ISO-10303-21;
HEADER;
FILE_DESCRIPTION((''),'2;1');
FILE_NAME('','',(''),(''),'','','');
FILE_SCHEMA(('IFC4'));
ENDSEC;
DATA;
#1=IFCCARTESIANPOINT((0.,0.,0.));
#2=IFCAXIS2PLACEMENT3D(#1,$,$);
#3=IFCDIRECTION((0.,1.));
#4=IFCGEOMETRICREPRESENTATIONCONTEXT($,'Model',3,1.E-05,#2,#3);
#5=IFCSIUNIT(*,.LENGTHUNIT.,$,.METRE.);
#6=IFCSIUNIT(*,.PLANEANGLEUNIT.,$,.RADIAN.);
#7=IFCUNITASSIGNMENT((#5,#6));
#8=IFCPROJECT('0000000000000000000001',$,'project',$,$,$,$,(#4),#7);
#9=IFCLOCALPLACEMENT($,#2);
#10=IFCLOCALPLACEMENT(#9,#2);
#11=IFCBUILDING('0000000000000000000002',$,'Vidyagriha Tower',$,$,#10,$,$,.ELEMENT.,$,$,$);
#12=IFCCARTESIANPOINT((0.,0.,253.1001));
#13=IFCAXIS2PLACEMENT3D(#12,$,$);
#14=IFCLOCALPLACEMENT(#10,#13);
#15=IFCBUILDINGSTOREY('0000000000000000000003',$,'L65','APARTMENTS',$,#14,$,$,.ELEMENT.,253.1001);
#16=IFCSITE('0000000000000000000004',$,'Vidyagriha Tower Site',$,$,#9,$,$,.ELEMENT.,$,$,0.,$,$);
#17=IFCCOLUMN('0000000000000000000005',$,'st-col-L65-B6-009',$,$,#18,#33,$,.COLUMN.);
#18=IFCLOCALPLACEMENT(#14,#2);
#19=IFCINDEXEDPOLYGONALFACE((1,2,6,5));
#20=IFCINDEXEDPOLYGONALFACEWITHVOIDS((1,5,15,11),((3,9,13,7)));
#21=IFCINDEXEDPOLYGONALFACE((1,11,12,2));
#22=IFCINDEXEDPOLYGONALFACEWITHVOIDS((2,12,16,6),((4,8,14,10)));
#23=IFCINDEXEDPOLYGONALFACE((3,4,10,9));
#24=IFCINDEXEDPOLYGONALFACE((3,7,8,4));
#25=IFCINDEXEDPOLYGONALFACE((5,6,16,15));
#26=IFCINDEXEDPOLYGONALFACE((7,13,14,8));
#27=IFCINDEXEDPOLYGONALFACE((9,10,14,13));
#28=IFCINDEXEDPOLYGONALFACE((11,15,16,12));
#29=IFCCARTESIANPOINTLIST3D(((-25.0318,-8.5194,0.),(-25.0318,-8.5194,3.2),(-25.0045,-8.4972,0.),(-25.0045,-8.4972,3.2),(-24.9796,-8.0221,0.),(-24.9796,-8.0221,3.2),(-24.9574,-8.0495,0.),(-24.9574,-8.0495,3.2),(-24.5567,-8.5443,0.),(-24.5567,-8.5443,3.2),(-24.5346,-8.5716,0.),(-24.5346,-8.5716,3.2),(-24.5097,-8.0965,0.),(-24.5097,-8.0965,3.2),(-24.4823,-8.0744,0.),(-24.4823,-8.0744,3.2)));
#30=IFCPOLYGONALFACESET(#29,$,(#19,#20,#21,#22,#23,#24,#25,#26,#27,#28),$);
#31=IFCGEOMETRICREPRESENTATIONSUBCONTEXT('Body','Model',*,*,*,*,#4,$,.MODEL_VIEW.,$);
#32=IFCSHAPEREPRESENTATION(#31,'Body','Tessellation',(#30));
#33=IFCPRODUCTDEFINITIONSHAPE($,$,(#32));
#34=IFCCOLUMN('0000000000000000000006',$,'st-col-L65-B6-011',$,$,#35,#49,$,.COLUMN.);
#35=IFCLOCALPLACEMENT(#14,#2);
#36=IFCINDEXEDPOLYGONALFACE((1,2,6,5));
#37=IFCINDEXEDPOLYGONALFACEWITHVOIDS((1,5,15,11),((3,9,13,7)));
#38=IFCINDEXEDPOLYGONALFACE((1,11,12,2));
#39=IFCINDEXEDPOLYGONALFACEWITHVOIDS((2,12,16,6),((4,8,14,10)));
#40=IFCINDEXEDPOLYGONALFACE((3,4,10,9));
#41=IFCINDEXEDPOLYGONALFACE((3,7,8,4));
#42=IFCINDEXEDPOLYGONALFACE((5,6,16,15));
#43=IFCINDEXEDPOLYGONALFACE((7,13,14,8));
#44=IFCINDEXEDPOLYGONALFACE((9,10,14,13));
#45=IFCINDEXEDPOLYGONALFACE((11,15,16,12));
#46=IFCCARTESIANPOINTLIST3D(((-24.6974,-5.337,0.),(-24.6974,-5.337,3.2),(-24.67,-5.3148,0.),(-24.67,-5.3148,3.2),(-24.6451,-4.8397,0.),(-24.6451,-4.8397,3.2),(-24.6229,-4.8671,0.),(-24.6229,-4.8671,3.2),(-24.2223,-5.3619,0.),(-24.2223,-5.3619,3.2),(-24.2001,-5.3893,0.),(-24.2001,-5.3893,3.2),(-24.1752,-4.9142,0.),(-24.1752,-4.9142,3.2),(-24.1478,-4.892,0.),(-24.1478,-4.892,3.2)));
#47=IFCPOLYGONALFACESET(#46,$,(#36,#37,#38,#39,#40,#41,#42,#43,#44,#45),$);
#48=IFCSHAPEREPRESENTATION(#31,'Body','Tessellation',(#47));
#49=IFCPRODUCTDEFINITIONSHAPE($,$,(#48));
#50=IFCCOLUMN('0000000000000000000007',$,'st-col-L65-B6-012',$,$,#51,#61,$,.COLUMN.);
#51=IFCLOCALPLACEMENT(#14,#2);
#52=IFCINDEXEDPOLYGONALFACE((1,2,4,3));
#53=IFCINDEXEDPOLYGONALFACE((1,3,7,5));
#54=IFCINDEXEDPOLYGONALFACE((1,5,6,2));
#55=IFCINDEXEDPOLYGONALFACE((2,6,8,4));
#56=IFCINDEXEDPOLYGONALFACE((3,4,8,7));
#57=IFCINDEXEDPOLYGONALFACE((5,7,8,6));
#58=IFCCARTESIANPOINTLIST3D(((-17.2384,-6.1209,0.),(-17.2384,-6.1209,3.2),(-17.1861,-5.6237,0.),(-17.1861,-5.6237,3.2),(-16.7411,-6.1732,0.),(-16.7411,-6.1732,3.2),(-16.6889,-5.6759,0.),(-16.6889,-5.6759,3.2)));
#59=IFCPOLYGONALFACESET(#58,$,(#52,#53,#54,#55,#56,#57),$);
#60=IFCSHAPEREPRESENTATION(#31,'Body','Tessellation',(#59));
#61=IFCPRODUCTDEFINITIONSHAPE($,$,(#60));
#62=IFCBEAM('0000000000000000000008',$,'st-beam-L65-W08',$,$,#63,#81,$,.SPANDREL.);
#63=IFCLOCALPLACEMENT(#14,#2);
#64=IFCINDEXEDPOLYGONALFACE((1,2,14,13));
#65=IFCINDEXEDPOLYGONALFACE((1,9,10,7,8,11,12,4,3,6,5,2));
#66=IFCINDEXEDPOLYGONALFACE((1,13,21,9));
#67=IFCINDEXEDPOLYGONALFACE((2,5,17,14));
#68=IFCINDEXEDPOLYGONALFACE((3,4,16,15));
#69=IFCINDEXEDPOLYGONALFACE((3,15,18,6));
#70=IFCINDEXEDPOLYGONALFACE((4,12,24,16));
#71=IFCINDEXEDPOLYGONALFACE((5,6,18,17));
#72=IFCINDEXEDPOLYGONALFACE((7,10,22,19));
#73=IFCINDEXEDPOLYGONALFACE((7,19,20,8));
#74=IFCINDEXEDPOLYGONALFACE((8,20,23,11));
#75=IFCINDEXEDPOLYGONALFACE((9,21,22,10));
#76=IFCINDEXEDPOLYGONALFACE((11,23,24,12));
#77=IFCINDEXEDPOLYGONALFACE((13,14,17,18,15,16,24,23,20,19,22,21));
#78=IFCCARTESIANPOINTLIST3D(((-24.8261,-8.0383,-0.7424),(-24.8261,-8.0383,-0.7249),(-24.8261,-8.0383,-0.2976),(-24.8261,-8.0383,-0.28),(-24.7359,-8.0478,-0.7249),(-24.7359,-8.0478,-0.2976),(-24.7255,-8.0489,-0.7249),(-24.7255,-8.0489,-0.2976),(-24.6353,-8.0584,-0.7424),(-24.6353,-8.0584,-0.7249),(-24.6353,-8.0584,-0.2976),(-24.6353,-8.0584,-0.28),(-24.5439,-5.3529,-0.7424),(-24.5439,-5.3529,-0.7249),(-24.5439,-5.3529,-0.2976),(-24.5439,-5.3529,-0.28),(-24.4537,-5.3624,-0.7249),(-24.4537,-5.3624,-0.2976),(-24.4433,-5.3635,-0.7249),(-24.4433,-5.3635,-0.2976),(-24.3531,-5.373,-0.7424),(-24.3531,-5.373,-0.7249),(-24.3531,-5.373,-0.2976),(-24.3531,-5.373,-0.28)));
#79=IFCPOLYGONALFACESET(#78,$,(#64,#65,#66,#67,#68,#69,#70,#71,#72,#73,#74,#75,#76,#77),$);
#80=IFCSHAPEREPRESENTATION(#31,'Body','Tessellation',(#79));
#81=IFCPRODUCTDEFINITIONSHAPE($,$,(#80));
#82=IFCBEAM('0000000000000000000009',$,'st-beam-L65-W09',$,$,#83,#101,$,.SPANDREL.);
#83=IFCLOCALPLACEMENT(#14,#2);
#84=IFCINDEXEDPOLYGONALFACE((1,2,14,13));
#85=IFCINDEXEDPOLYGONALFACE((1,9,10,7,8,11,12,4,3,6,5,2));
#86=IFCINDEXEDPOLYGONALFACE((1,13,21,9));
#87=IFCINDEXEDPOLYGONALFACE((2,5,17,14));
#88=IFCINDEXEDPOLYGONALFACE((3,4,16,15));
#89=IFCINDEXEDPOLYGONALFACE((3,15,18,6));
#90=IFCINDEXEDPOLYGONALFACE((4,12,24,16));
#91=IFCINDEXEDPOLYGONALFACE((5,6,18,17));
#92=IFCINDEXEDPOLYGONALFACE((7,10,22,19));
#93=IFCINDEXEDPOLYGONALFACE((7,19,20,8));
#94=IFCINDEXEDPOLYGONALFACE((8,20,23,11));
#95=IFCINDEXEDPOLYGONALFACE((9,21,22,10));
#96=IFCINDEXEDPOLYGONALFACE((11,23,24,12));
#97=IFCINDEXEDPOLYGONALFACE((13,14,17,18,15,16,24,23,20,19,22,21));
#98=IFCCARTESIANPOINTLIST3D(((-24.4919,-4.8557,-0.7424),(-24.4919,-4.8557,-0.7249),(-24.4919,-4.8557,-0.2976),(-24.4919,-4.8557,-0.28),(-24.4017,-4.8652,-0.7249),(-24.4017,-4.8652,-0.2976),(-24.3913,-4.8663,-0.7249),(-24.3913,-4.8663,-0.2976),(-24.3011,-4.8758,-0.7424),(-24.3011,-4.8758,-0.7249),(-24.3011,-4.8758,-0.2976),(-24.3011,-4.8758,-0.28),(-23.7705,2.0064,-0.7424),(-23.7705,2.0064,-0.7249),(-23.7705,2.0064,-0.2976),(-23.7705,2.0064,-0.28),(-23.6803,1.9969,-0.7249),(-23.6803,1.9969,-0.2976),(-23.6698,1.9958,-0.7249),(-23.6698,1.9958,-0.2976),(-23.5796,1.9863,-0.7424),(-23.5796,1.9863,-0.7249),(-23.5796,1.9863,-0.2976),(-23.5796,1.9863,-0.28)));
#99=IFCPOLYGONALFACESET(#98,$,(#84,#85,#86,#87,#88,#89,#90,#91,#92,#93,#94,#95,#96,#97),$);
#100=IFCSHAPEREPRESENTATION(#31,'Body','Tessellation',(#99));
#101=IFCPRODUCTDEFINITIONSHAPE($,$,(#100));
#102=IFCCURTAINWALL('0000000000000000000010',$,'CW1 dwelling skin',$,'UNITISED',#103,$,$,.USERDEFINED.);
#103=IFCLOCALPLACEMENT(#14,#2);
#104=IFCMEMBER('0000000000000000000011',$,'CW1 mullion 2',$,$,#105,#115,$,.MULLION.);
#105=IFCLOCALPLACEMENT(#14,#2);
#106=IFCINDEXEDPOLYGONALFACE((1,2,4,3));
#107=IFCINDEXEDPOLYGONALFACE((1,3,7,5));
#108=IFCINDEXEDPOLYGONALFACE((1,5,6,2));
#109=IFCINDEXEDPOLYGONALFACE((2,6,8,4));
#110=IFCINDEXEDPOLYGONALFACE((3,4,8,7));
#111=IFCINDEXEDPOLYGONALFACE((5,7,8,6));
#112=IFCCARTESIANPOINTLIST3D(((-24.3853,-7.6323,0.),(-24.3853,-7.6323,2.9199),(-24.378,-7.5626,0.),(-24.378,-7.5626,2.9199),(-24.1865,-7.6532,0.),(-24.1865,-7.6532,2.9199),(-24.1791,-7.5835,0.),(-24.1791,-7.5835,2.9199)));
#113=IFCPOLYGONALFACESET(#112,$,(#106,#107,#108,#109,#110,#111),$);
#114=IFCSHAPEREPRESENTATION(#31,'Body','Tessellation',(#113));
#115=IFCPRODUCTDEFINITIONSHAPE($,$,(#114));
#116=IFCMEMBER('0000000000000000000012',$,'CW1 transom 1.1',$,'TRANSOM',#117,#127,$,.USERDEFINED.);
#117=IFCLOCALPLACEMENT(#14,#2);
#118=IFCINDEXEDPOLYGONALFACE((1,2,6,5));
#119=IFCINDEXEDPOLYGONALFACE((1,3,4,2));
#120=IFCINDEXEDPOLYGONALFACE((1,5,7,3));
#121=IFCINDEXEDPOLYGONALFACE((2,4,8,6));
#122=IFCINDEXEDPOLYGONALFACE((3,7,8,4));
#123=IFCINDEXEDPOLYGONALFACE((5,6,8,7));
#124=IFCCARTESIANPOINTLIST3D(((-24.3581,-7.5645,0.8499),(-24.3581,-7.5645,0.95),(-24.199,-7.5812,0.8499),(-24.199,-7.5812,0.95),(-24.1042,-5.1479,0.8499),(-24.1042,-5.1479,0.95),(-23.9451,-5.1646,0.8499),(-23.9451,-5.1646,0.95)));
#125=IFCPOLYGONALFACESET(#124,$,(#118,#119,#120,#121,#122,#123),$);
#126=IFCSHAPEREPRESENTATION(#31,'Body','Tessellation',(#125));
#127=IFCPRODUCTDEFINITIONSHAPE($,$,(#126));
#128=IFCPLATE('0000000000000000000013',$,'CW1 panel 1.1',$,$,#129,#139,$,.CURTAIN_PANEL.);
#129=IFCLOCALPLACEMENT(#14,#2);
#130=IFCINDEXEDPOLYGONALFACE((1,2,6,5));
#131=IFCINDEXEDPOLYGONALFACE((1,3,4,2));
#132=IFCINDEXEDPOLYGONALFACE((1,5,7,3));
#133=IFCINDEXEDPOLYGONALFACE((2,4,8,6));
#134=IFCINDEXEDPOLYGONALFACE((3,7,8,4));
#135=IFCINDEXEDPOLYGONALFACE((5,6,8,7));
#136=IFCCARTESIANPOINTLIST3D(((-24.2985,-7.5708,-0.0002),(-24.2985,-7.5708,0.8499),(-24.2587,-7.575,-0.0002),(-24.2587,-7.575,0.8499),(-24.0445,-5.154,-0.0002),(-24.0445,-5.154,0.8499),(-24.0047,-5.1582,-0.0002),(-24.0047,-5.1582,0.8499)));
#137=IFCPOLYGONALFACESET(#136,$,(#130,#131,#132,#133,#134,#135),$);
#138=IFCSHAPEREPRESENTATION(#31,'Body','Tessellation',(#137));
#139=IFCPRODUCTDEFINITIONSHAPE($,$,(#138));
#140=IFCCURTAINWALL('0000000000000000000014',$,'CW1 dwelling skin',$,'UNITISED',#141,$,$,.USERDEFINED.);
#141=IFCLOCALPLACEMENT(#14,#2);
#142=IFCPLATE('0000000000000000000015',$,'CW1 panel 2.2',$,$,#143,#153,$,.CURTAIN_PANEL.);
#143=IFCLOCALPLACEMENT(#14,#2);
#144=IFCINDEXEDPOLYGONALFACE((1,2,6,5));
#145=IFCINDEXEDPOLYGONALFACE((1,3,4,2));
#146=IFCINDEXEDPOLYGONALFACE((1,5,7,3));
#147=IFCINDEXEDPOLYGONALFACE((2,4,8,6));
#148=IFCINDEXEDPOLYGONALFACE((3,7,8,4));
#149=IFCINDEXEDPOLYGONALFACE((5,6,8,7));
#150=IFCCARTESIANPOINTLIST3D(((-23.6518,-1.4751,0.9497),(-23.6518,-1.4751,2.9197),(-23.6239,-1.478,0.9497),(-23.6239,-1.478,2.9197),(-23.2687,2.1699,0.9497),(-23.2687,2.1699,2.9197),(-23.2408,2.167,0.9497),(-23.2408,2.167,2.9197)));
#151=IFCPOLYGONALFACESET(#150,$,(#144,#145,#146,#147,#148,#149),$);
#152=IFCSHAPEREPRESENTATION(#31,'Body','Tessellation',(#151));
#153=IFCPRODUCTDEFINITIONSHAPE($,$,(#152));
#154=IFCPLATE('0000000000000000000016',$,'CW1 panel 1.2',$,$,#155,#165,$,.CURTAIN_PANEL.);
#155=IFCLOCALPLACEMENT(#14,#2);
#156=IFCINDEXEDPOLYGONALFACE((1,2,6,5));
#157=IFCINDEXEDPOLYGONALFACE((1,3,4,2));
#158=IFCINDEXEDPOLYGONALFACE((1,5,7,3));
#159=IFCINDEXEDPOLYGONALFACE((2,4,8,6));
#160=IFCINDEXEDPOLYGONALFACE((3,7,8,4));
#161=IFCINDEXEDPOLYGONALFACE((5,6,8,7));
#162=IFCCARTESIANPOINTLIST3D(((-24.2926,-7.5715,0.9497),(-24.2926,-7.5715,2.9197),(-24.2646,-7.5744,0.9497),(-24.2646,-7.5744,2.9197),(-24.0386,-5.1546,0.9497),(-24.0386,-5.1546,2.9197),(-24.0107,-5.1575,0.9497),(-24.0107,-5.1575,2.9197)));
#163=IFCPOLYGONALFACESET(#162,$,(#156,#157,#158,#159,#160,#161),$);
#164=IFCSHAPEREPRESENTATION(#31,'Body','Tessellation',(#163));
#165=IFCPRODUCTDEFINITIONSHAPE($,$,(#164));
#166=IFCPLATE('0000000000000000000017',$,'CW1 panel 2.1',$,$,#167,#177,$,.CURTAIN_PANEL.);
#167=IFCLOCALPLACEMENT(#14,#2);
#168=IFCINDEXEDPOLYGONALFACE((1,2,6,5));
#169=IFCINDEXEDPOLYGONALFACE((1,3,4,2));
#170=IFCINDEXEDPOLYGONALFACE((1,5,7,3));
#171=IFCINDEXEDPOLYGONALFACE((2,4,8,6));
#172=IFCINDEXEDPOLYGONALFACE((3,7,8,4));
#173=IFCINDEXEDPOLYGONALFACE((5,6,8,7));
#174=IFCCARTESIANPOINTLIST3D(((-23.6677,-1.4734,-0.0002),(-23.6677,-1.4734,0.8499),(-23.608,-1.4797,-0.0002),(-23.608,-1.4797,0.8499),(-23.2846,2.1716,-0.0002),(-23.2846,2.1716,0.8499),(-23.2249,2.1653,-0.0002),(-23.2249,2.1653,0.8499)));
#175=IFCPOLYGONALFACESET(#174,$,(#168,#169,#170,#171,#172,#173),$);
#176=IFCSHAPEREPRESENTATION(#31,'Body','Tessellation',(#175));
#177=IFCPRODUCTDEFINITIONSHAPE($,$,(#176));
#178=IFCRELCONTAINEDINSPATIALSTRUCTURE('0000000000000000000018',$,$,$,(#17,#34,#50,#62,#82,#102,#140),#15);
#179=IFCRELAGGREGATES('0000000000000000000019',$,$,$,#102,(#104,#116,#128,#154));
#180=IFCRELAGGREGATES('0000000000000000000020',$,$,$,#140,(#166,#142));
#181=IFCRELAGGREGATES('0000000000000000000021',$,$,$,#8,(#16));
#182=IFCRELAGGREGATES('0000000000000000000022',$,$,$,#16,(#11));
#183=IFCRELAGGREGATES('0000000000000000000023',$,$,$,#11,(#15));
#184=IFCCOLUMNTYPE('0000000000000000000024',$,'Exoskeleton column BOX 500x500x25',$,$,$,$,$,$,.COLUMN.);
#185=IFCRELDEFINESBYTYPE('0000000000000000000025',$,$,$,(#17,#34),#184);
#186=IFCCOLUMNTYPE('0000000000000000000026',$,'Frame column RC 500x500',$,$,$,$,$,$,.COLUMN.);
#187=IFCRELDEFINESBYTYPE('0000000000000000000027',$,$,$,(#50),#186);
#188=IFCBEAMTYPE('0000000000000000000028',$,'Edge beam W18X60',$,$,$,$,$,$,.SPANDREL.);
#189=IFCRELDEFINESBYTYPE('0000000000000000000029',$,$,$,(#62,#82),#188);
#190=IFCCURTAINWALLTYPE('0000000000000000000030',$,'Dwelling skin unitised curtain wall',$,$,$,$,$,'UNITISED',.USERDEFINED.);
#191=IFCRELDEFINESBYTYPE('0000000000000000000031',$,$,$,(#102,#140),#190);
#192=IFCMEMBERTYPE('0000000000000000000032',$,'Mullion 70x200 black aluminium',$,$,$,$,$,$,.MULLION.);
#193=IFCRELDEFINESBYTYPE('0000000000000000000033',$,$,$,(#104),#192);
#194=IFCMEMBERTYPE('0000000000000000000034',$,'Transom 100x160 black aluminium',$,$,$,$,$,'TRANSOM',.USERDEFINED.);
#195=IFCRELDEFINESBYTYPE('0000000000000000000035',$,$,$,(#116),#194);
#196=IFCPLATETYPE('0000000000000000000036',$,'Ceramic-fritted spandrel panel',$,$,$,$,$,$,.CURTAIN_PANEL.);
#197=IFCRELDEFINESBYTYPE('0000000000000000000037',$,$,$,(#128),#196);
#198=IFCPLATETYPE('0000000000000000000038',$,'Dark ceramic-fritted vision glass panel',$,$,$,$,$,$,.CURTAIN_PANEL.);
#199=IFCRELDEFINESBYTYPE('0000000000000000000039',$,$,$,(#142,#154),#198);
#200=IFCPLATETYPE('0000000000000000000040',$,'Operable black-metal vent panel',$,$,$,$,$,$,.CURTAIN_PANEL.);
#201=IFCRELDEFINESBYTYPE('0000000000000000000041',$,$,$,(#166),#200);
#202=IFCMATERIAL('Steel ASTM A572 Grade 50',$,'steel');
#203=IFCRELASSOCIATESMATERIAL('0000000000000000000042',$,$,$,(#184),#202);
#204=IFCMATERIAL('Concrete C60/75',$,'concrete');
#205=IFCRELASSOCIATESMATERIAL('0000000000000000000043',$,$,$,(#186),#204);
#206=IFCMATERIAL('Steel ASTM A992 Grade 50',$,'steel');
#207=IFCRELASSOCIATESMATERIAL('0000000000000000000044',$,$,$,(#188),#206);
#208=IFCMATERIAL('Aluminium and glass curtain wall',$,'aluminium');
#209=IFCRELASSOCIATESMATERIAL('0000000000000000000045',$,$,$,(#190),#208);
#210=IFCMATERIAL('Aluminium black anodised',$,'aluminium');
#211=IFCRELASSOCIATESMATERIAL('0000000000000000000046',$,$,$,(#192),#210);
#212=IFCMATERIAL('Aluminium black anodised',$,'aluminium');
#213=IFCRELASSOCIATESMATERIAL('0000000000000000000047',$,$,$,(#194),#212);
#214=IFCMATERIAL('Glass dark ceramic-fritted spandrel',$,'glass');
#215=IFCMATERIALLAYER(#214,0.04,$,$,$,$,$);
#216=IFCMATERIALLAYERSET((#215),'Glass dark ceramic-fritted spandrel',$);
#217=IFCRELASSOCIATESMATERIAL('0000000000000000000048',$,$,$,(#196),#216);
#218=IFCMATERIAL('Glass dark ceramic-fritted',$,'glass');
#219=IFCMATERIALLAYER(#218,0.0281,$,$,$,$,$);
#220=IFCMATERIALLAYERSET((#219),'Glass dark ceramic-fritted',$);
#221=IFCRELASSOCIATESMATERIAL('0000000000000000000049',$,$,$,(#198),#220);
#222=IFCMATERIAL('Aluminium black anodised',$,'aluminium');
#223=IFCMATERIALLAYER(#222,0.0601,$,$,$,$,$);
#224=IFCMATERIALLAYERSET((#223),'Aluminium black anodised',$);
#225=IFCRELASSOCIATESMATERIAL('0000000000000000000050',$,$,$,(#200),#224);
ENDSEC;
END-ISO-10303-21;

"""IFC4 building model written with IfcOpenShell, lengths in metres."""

from ifc_helpers import new_model, si_unit, direction, frame, origin, origin_2d, place, context, subcontext, project, spatial, rectangle, hollow_rectangle, i_section, extrude, material, layer, layer_set, material_profile, profile_set, type_object, element, aggregate, save


model = new_model("IFC4")

# Units and contexts
model_context = context("Model", 3, precision=1e-05, world=origin(), true_north=direction((0.0, 1.0)))
body_context = subcontext(model_context, "Body", "Model", "MODEL_VIEW")
ifc_project = project(units=[si_unit("LENGTHUNIT", "METRE"), si_unit("PLANEANGLEUNIT", "RADIAN")], contexts=[model_context])

# Site, building, storey
site_placement = place(None, origin())
site = spatial("IfcSite", under=ifc_project, at=site_placement, Name="Vidyagriha Tower Site", CompositionType="ELEMENT", RefElevation=0.0)
building_placement = place(site_placement, origin())
building = spatial("IfcBuilding", under=site, at=building_placement, Name="Vidyagriha Tower", CompositionType="ELEMENT")
storey_placement = place(building_placement, frame((0.0, 0.0, 253.1001)))
storey = spatial("IfcBuildingStorey", under=building, at=storey_placement, Name="L65", Description="APARTMENTS", CompositionType="ELEMENT", Elevation=253.1001)

# Columns
ifc_material_1 = material(Name="Steel ASTM A572 Grade 50", Category="steel")
ifc_material_profile_1 = material_profile(ifc_material_1, hollow_rectangle(XDim=0.5, YDim=0.5, WallThickness=0.0249, at=origin_2d()), Name="BOX 500x500x25")
ifc_profile_set_1 = profile_set([ifc_material_profile_1], Name="Steel ASTM A572 Grade 50")
column_type_1 = type_object("IfcColumnType", Name="Exoskeleton column BOX 500x500x25", PredefinedType="COLUMN", material=ifc_profile_set_1)
for number, where, z_axis, x_axis, name in (
    (1, (-24.7571, -8.2969, 0.0), (0.0, 0.0, 1.0), (0.994522, -0.104528, 0.0), "st-col-L65-B6-009"),
    (2, (-24.4226, -5.1145, 0.0), (0.0, 0.0, 1.0), (0.994522, -0.104528, 0.0), "st-col-L65-B6-011"),
):
    element("IfcColumn", number, at=place(storey_placement, frame(where, z_axis=z_axis, x_axis=x_axis)), inside=storey, type_object=column_type_1, Name=name, PredefinedType="COLUMN", context=body_context, shape_type="SweptSolid", body=[
        extrude(hollow_rectangle(XDim=0.5, YDim=0.5, WallThickness=0.0249, at=origin_2d()), origin(), (0.0, 0.0, 1.0), 3.2),
    ])
ifc_material_2 = material(Name="Concrete C60/75", Category="concrete")
ifc_material_profile_2 = material_profile(ifc_material_2, rectangle(XDim=0.5, YDim=0.5, at=origin_2d()), Name="RC 500x500")
ifc_profile_set_2 = profile_set([ifc_material_profile_2], Name="Concrete C60/75")
column_type_2 = type_object("IfcColumnType", Name="Frame column RC 500x500", PredefinedType="COLUMN", material=ifc_profile_set_2)
column_placement = place(storey_placement, frame((-16.9636, -5.8984, 0.0), z_axis=(0.0, 0.0, 1.0), x_axis=(0.994522, -0.104528, 0.0)))
element("IfcColumn", 3, at=column_placement, inside=storey, type_object=column_type_2, Name="st-col-L65-B6-012", PredefinedType="COLUMN", context=body_context, shape_type="SweptSolid", body=[
    extrude(rectangle(XDim=0.5, YDim=0.5, at=origin_2d()), origin(), (0.0, 0.0, 1.0), 3.2),
])

# Beams
ifc_material_3 = material(Name="Steel ASTM A992 Grade 50", Category="steel")
ifc_material_profile_3 = material_profile(ifc_material_3, i_section(OverallWidth=0.1919, OverallDepth=0.4624, WebThickness=0.0105, FlangeThickness=0.0176, at=origin_2d()), Name="W18X60")
ifc_profile_set_3 = profile_set([ifc_material_profile_3], Name="Steel ASTM A992 Grade 50")
beam_type = type_object("IfcBeamType", Name="Edge beam W18X60", PredefinedType="SPANDREL", material=ifc_profile_set_3)
beam_1_placement = place(storey_placement, frame((-24.7307, -8.0483, -0.5112), z_axis=(0.104525, 0.994522, 0.0), x_axis=(-0.994522, 0.104525, 0.0)))
element("IfcBeam", 4, at=beam_1_placement, inside=storey, type_object=beam_type, Name="st-beam-L65-W08", PredefinedType="SPANDREL", context=body_context, shape_type="SweptSolid", body=[
    extrude(i_section(OverallWidth=0.1919, OverallDepth=0.4624, WebThickness=0.0105, FlangeThickness=0.0176, at=origin_2d()), origin(), (0.0, 0.0, 1.0), 2.7002),
])
beam_2_placement = place(storey_placement, frame((-24.3965, -4.8657, -0.5112), z_axis=(0.104558, 0.994519, 0.0), x_axis=(-0.994519, 0.104558, 0.0)))
element("IfcBeam", 5, at=beam_2_placement, inside=storey, type_object=beam_type, Name="st-beam-L65-W09", PredefinedType="SPANDREL", context=body_context, shape_type="SweptSolid", body=[
    extrude(i_section(OverallWidth=0.1919, OverallDepth=0.4624, WebThickness=0.0105, FlangeThickness=0.0176, at=origin_2d()), origin(), (0.0, 0.0, 1.0), 6.8999),
])

# Curtain wall, members, plate
ifc_material_4 = material(Name="Aluminium and glass curtain wall", Category="aluminium")
curtain_wall_type = type_object("IfcCurtainWallType", Name="Dwelling skin unitised curtain wall", ElementType="UNITISED", PredefinedType="USERDEFINED", material=ifc_material_4)
curtain_wall_1_placement = place(storey_placement, origin())
curtain_wall_1 = element("IfcCurtainWall", 6, at=curtain_wall_1_placement, inside=storey, type_object=curtain_wall_type, Name="CW1 dwelling skin", ObjectType="UNITISED", PredefinedType="USERDEFINED")
ifc_material_5 = material(Name="Aluminium black anodised", Category="aluminium")
ifc_material_profile_4 = material_profile(ifc_material_5, rectangle(XDim=0.2, YDim=0.0701, at=origin_2d()), Name="Mullion 70x200 black aluminium")
ifc_profile_set_4 = profile_set([ifc_material_profile_4], Name="Aluminium black anodised")
member_type_1 = type_object("IfcMemberType", Name="Mullion 70x200 black aluminium", PredefinedType="MULLION", material=ifc_profile_set_4)
member_1_placement = place(storey_placement, frame((-24.2822, -7.6079, 0.0), z_axis=(0.0, 0.0, 1.0), x_axis=(0.994523, -0.104516, 0.0)))
member_1 = element("IfcMember", 7, at=member_1_placement, type_object=member_type_1, Name="CW1 mullion 2", PredefinedType="MULLION", context=body_context, shape_type="SweptSolid", body=[
    extrude(rectangle(XDim=0.2, YDim=0.0701, at=origin_2d()), origin(), (0.0, 0.0, 1.0), 2.9199),
])
ifc_material_6 = material(Name="Aluminium black anodised", Category="aluminium")
ifc_material_profile_5 = material_profile(ifc_material_6, rectangle(XDim=0.1599, YDim=0.1001, at=origin_2d()), Name="Transom 100x160 black aluminium")
ifc_profile_set_5 = profile_set([ifc_material_profile_5], Name="Aluminium black anodised")
member_type_2 = type_object("IfcMemberType", Name="Transom 100x160 black aluminium", ElementType="TRANSOM", PredefinedType="USERDEFINED", material=ifc_profile_set_5)
member_2_placement = place(storey_placement, frame((-24.0247, -5.1562, 0.8999), z_axis=(-0.104486, -0.994526, 0.0), x_axis=(0.994526, -0.104486, 0.0)))
member_2 = element("IfcMember", 8, at=member_2_placement, type_object=member_type_2, Name="CW1 transom 1.1", ObjectType="TRANSOM", PredefinedType="USERDEFINED", context=body_context, shape_type="SweptSolid", body=[
    extrude(rectangle(XDim=0.1599, YDim=0.1001, at=origin_2d()), origin(), (0.0, 0.0, 1.0), 2.4299),
])
ifc_material_7 = material(Name="Glass dark ceramic-fritted spandrel", Category="glass")
ifc_layer_1 = layer(ifc_material_7, 0.04)
ifc_layer_set_1 = layer_set([ifc_layer_1], Name="Glass dark ceramic-fritted spandrel")
plate_type_1 = type_object("IfcPlateType", Name="Ceramic-fritted spandrel panel", PredefinedType="CURTAIN_PANEL", material=ifc_layer_set_1)
plate_1_placement = place(storey_placement, frame((-24.1516, -6.3645, -0.0002), z_axis=(0.0, 0.0, 1.0), x_axis=(-0.104516, -0.994523, 0.0)))
plate_1 = element("IfcPlate", 9, at=plate_1_placement, type_object=plate_type_1, Name="CW1 panel 1.1", PredefinedType="CURTAIN_PANEL", context=body_context, shape_type="SweptSolid", body=[
    extrude(rectangle(XDim=2.4302, YDim=0.04, at=origin_2d()), origin(), (0.0, 0.0, 1.0), 0.8501),
])

# Curtain wall, plate
curtain_wall_2_placement = place(storey_placement, origin())
curtain_wall_2 = element("IfcCurtainWall", 10, at=curtain_wall_2_placement, inside=storey, type_object=curtain_wall_type, Name="CW1 dwelling skin", ObjectType="UNITISED", PredefinedType="USERDEFINED")
ifc_material_8 = material(Name="Glass dark ceramic-fritted", Category="glass")
ifc_layer_2 = layer(ifc_material_8, 0.0281)
ifc_layer_set_2 = layer_set([ifc_layer_2], Name="Glass dark ceramic-fritted")
plate_type_2 = type_object("IfcPlateType", Name="Dark ceramic-fritted vision glass panel", PredefinedType="CURTAIN_PANEL", material=ifc_layer_set_2)
plate_2_placement = place(storey_placement, frame((-23.4463, 0.3459, 0.9497), z_axis=(0.0, 0.0, 1.0), x_axis=(-0.104533, -0.994521, 0.0)))
plate_2 = element("IfcPlate", 11, at=plate_2_placement, type_object=plate_type_2, Name="CW1 panel 2.2", PredefinedType="CURTAIN_PANEL", context=body_context, shape_type="SweptSolid", body=[
    extrude(rectangle(XDim=3.665, YDim=0.0281, at=origin_2d()), origin(), (0.0, 0.0, 1.0), 1.97),
])

# Plates
plate_3_placement = place(storey_placement, frame((-24.1516, -6.3645, 0.9497), z_axis=(0.0, 0.0, 1.0), x_axis=(-0.104516, -0.994523, 0.0)))
plate_3 = element("IfcPlate", 12, at=plate_3_placement, type_object=plate_type_2, Name="CW1 panel 1.2", PredefinedType="CURTAIN_PANEL", context=body_context, shape_type="SweptSolid", body=[
    extrude(rectangle(XDim=2.4302, YDim=0.0281, at=origin_2d()), origin(), (0.0, 0.0, 1.0), 1.97),
])
aggregate(curtain_wall_1, [member_1, member_2, plate_1, plate_3])
ifc_material_9 = material(Name="Aluminium black anodised", Category="aluminium")
ifc_layer_3 = layer(ifc_material_9, 0.0601)
ifc_layer_set_3 = layer_set([ifc_layer_3], Name="Aluminium black anodised")
plate_type_3 = type_object("IfcPlateType", Name="Operable black-metal vent panel", PredefinedType="CURTAIN_PANEL", material=ifc_layer_set_3)
plate_4_placement = place(storey_placement, frame((-23.4463, 0.3459, -0.0002), z_axis=(0.0, 0.0, 1.0), x_axis=(-0.104533, -0.994521, 0.0)))
plate_4 = element("IfcPlate", 13, at=plate_4_placement, type_object=plate_type_3, Name="CW1 panel 2.1", PredefinedType="CURTAIN_PANEL", context=body_context, shape_type="SweptSolid", body=[
    extrude(rectangle(XDim=3.665, YDim=0.0601, at=origin_2d()), origin(), (0.0, 0.0, 1.0), 0.8501),
])
aggregate(curtain_wall_2, [plate_4, plate_2])

save(model, "model.ifc")
